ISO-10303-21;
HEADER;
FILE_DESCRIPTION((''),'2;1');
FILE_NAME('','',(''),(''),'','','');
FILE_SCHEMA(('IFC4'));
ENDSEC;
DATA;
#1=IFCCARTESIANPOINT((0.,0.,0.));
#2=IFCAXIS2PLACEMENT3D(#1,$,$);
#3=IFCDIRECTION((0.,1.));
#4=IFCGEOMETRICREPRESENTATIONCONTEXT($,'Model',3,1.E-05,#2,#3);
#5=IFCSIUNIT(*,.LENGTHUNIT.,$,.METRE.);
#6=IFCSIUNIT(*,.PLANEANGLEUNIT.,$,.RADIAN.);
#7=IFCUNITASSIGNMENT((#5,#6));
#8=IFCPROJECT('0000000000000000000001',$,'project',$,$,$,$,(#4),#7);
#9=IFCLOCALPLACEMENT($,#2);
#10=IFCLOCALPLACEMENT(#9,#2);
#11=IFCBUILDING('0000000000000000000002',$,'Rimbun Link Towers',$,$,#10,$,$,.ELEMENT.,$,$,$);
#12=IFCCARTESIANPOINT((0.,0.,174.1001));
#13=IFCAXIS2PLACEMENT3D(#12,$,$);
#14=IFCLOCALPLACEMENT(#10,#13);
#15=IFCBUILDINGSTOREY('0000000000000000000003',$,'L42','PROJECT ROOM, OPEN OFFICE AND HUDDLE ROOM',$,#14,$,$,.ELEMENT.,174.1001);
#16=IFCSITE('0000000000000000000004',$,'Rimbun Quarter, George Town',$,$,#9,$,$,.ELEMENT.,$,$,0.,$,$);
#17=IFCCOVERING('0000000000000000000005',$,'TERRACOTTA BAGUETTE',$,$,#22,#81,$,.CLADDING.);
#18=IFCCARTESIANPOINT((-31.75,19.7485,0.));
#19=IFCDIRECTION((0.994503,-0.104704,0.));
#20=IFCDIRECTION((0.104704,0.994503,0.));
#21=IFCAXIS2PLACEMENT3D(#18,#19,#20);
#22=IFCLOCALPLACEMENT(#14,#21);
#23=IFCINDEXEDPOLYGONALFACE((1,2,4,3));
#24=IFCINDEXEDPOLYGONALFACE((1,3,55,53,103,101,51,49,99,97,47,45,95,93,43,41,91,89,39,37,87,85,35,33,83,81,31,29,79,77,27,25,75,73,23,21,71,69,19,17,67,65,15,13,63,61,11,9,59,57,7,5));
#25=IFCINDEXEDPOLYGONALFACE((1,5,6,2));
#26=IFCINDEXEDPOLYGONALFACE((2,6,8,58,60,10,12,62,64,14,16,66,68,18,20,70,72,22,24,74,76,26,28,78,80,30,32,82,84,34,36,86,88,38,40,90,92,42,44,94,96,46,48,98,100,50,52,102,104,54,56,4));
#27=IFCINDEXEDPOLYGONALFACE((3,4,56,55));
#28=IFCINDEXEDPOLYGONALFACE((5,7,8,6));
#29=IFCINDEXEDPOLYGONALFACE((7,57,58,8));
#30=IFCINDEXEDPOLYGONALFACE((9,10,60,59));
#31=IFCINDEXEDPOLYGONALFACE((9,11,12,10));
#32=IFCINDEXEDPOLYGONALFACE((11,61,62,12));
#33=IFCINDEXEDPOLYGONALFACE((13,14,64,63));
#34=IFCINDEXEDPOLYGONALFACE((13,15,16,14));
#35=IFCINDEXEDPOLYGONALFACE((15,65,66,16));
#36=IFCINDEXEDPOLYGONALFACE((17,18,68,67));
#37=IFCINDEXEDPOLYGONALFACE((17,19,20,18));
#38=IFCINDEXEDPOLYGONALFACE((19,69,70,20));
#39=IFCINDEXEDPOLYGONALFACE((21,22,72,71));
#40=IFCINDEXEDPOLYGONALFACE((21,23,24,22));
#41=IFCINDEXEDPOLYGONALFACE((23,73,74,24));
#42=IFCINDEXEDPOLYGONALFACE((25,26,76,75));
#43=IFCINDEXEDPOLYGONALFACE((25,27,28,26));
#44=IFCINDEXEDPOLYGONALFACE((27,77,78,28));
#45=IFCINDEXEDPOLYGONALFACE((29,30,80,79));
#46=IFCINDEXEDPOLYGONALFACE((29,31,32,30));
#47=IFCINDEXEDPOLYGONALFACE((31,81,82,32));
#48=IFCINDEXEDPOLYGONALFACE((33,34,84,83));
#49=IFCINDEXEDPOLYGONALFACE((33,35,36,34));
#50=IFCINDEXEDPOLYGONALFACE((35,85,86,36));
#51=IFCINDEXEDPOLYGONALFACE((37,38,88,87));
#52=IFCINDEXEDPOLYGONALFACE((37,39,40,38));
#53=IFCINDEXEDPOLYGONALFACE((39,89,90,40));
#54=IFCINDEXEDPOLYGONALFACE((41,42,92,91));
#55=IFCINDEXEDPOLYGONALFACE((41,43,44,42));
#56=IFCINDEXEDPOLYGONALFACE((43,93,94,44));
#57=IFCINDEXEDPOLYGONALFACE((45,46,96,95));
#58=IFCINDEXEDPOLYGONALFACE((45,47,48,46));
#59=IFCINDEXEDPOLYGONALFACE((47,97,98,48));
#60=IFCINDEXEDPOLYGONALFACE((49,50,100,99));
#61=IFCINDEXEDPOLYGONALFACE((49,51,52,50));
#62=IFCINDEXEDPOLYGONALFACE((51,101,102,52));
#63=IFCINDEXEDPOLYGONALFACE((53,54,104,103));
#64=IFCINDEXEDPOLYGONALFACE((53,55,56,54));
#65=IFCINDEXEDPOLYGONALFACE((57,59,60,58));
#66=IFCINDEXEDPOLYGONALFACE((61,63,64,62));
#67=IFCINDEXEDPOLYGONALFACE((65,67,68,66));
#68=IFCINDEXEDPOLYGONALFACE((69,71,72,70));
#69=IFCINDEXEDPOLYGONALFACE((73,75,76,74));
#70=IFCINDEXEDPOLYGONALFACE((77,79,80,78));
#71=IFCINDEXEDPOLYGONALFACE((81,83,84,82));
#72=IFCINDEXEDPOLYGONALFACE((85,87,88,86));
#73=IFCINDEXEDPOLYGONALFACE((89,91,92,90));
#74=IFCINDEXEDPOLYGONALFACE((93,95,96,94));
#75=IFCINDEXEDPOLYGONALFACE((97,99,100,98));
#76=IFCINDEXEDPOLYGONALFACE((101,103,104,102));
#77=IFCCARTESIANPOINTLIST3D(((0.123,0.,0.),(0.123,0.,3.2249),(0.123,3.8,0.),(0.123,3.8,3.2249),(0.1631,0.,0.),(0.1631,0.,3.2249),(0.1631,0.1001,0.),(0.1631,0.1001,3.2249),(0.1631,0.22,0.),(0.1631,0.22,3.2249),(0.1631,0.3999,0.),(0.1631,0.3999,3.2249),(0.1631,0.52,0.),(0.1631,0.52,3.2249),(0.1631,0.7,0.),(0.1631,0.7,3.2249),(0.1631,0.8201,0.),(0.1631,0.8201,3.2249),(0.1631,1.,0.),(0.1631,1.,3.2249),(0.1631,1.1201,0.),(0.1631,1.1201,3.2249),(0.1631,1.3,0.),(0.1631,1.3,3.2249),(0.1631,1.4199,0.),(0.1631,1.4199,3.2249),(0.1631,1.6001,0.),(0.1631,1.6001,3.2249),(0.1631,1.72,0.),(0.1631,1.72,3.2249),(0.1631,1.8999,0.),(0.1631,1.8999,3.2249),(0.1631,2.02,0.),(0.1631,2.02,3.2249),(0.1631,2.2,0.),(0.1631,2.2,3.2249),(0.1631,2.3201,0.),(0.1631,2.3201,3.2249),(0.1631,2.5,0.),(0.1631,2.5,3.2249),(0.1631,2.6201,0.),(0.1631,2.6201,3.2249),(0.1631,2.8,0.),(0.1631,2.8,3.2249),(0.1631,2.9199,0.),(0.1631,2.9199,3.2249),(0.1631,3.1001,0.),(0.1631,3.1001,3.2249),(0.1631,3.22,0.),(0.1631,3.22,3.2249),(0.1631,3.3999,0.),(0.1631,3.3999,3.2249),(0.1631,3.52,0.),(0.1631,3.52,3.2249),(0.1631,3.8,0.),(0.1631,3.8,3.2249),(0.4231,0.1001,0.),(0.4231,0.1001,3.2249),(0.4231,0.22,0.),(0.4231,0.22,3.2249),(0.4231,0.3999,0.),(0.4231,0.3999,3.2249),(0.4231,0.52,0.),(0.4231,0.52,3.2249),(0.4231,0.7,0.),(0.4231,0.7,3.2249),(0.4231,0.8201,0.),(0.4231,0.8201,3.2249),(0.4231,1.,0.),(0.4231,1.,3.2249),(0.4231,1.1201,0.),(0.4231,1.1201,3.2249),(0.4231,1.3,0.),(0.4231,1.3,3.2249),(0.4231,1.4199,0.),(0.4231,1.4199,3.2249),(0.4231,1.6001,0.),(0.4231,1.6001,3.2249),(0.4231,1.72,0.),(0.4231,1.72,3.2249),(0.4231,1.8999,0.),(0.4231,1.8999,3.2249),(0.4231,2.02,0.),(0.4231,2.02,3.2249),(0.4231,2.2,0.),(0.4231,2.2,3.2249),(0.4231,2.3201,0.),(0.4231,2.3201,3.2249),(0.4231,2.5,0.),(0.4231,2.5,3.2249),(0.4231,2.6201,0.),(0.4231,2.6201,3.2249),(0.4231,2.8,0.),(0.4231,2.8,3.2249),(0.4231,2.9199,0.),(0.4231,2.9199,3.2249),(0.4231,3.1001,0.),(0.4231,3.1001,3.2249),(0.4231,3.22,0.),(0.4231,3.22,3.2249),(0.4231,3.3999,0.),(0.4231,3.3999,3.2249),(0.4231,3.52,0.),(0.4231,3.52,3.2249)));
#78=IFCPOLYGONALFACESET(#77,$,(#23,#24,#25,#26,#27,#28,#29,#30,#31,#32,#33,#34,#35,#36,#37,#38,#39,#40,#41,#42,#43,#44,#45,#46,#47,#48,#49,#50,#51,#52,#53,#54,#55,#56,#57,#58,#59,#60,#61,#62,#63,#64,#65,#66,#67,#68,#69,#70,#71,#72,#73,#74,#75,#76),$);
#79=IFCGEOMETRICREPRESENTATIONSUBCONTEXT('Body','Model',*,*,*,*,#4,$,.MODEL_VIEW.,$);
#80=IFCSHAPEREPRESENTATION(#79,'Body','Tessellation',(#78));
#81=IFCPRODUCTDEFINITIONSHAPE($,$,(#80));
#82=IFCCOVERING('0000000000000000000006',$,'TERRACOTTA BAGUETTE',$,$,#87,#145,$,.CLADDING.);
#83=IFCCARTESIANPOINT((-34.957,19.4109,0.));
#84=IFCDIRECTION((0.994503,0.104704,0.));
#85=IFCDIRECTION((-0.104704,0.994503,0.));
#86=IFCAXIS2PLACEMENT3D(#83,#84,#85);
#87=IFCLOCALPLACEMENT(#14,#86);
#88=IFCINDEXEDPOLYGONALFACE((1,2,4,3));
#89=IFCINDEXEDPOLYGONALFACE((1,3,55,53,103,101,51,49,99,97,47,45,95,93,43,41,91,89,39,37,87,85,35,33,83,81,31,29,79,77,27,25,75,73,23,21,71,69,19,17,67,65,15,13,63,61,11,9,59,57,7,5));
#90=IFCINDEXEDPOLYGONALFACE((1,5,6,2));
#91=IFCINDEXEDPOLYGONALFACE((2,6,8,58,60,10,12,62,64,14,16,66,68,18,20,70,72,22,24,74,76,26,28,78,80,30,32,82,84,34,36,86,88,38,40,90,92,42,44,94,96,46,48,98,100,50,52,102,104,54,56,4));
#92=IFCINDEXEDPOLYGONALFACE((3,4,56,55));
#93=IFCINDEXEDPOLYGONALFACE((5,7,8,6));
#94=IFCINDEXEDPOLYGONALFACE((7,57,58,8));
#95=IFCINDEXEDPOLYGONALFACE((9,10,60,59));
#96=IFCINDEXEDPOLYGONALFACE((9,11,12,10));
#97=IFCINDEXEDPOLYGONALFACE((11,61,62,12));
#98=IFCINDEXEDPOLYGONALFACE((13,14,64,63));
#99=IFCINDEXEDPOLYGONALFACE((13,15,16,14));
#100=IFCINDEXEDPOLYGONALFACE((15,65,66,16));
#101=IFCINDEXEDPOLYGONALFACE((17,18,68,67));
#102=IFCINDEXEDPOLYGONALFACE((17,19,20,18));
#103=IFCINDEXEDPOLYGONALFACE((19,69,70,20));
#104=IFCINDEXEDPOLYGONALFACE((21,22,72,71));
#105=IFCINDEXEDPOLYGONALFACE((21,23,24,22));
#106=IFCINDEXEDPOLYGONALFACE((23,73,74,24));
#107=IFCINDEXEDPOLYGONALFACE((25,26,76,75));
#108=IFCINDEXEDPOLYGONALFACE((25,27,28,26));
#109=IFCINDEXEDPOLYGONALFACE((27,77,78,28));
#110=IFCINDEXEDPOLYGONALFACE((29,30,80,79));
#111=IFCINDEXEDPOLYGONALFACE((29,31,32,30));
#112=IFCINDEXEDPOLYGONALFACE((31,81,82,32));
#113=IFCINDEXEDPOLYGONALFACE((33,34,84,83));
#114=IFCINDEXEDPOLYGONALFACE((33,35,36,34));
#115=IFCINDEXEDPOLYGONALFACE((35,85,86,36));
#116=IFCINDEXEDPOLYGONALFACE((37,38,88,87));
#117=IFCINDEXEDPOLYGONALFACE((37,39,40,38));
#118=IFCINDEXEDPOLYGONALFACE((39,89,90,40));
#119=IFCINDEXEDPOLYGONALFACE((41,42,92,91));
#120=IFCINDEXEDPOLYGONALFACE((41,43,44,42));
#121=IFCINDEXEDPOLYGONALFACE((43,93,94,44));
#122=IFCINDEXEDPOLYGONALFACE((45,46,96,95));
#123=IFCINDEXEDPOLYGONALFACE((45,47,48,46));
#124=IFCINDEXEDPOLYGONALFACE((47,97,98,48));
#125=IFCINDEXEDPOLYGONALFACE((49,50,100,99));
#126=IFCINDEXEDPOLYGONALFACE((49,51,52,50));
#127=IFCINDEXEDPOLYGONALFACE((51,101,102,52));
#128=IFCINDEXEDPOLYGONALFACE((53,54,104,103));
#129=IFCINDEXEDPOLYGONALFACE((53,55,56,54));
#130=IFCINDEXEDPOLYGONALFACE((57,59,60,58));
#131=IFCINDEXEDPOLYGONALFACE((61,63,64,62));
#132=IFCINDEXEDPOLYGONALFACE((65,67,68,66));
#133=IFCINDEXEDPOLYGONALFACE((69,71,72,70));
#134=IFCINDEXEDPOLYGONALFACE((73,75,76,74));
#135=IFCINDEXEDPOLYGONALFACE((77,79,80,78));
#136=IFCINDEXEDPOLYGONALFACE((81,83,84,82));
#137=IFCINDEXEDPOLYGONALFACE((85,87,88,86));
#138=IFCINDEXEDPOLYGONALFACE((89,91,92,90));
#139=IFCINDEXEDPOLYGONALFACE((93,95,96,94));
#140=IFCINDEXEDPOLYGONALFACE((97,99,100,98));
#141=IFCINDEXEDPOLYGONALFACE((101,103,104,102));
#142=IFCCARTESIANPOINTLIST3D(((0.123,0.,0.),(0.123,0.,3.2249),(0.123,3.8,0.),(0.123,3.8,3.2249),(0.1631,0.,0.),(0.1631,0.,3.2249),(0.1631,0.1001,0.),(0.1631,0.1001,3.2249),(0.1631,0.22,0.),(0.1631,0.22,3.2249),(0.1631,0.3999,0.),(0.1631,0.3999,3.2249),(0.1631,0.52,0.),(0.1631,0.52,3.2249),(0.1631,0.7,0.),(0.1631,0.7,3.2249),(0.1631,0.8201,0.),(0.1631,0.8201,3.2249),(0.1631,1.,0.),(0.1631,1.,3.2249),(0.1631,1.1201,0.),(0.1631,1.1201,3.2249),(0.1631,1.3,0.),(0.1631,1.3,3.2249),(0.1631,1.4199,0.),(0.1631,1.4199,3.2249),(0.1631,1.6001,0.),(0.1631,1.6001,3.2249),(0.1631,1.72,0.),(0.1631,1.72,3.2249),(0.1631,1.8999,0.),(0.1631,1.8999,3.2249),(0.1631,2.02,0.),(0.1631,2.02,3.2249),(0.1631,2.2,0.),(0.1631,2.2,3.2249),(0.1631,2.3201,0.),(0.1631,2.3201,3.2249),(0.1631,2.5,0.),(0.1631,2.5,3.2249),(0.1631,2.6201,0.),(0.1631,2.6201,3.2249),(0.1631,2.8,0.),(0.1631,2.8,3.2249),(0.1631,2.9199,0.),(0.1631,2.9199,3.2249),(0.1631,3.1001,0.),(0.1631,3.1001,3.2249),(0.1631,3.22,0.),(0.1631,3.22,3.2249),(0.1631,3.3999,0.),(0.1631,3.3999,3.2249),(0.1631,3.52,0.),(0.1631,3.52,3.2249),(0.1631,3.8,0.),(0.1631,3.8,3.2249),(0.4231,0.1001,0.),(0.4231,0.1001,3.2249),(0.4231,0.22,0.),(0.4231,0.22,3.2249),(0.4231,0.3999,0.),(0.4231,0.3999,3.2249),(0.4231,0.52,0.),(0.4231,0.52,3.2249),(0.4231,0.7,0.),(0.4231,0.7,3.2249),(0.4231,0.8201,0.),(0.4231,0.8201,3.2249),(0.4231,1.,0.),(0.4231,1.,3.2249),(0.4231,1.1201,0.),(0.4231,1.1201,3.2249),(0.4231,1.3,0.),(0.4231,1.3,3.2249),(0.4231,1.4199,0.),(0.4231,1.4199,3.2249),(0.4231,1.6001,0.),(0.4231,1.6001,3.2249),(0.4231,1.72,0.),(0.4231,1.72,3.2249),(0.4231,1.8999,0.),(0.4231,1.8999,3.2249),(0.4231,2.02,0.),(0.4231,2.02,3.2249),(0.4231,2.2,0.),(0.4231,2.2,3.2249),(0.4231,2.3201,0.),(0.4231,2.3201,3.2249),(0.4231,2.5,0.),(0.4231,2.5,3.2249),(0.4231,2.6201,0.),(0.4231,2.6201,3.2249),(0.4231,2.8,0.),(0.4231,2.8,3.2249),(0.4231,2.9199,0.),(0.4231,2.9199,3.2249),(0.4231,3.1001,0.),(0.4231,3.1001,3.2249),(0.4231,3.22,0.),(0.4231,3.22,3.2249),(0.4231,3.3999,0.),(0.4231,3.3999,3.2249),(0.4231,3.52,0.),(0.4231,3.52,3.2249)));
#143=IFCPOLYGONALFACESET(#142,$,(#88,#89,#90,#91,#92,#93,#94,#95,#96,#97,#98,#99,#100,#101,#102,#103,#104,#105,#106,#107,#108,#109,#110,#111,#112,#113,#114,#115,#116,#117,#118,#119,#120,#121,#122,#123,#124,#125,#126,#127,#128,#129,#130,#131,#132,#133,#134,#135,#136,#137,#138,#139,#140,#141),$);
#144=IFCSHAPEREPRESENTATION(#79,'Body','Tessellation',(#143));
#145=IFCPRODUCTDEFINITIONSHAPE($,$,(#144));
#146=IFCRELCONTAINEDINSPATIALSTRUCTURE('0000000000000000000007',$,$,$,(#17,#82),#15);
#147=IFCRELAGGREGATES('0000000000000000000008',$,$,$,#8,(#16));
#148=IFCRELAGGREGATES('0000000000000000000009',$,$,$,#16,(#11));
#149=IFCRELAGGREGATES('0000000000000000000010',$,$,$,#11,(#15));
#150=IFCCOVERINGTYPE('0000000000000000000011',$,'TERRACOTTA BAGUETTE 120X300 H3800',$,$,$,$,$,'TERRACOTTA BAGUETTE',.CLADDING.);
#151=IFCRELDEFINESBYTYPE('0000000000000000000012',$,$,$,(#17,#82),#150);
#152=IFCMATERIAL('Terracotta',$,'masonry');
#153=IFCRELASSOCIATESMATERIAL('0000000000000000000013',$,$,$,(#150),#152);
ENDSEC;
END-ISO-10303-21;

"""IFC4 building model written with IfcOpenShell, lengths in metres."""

from ifc_helpers import new_model, si_unit, direction, frame, origin, place, context, subcontext, project, spatial, polyline, outline, extrude, material, material_profile, profile_set, type_object, element, save


model = new_model("IFC4")

# Units and contexts
model_context = context("Model", 3, precision=1e-05, world=origin(), true_north=direction((0.0, 1.0)))
body_context = subcontext(model_context, "Body", "Model", "MODEL_VIEW")
ifc_project = project(units=[si_unit("LENGTHUNIT", "METRE"), si_unit("PLANEANGLEUNIT", "RADIAN")], contexts=[model_context])

# Site, building, storey
site_placement = place(None, origin())
site = spatial("IfcSite", under=ifc_project, at=site_placement, Name="Rimbun Quarter, George Town", CompositionType="ELEMENT", RefElevation=0.0)
building_placement = place(site_placement, origin())
building = spatial("IfcBuilding", under=site, at=building_placement, Name="Rimbun Link Towers", CompositionType="ELEMENT")
storey_placement = place(building_placement, frame((0.0, 0.0, 174.1001)))
storey = spatial("IfcBuildingStorey", under=building, at=storey_placement, Name="L42", Description="PROJECT ROOM, OPEN OFFICE AND HUDDLE ROOM", CompositionType="ELEMENT", Elevation=174.1001)

# Coverings
ifc_material_1 = material(Name="Terracotta", Category="masonry")
ifc_material_profile_1 = material_profile(ifc_material_1, outline(polyline([(0.123, 0.0), (0.1631, 0.0), (0.1631, 0.1001), (0.4231, 0.1001), (0.4231, 0.22), (0.1631, 0.22), (0.1631, 0.3999), (0.4231, 0.3999), (0.4231, 0.52), (0.1631, 0.52), (0.1631, 0.7), (0.4231, 0.7), (0.4231, 0.8201), (0.1631, 0.8201), (0.1631, 1.0), (0.4231, 1.0), (0.4231, 1.1201), (0.1631, 1.1201), (0.1631, 1.3), (0.4231, 1.3), (0.4231, 1.4199), (0.1631, 1.4199), (0.1631, 1.6001), (0.4231, 1.6001), (0.4231, 1.72), (0.1631, 1.72), (0.1631, 1.8999), (0.4231, 1.8999), (0.4231, 2.02), (0.1631, 2.02), (0.1631, 2.2), (0.4231, 2.2), (0.4231, 2.3201), (0.1631, 2.3201), (0.1631, 2.5), (0.4231, 2.5), (0.4231, 2.6201), (0.1631, 2.6201), (0.1631, 2.8), (0.4231, 2.8), (0.4231, 2.9199), (0.1631, 2.9199), (0.1631, 3.1001), (0.4231, 3.1001), (0.4231, 3.22), (0.1631, 3.22), (0.1631, 3.3999), (0.4231, 3.3999), (0.4231, 3.52), (0.1631, 3.52), (0.1631, 3.8), (0.123, 3.8), (0.123, 0.0)])), Name="BAGUETTE 120X300")
ifc_profile_set_1 = profile_set([ifc_material_profile_1], Name="Terracotta")
covering_type = type_object("IfcCoveringType", Name="TERRACOTTA BAGUETTE 120X300 H3800", ElementType="TERRACOTTA BAGUETTE", PredefinedType="CLADDING", material=ifc_profile_set_1)
for number, where, z_axis, x_axis, name in (
    (1, (-31.75, 19.7485, 0.0), (0.994503, -0.104704, 0.0), (0.104704, 0.994503, 0.0), "TERRACOTTA BAGUETTE"),
    (2, (-34.957, 19.4109, 0.0), (0.994503, 0.104704, 0.0), (-0.104704, 0.994503, 0.0), "TERRACOTTA BAGUETTE"),
):
    element("IfcCovering", number, at=place(storey_placement, frame(where, z_axis=z_axis, x_axis=x_axis)), inside=storey, type_object=covering_type, Name=name, PredefinedType="CLADDING", context=body_context, shape_type="SweptSolid", body=[
        extrude(outline(polyline([(0.123, 0.0), (0.1631, 0.0), (0.1631, 0.1001), (0.4231, 0.1001), (0.4231, 0.22), (0.1631, 0.22), (0.1631, 0.3999), (0.4231, 0.3999), (0.4231, 0.52), (0.1631, 0.52), (0.1631, 0.7), (0.4231, 0.7), (0.4231, 0.8201), (0.1631, 0.8201), (0.1631, 1.0), (0.4231, 1.0), (0.4231, 1.1201), (0.1631, 1.1201), (0.1631, 1.3), (0.4231, 1.3), (0.4231, 1.4199), (0.1631, 1.4199), (0.1631, 1.6001), (0.4231, 1.6001), (0.4231, 1.72), (0.1631, 1.72), (0.1631, 1.8999), (0.4231, 1.8999), (0.4231, 2.02), (0.1631, 2.02), (0.1631, 2.2), (0.4231, 2.2), (0.4231, 2.3201), (0.1631, 2.3201), (0.1631, 2.5), (0.4231, 2.5), (0.4231, 2.6201), (0.1631, 2.6201), (0.1631, 2.8), (0.4231, 2.8), (0.4231, 2.9199), (0.1631, 2.9199), (0.1631, 3.1001), (0.4231, 3.1001), (0.4231, 3.22), (0.1631, 3.22), (0.1631, 3.3999), (0.4231, 3.3999), (0.4231, 3.52), (0.1631, 3.52), (0.1631, 3.8), (0.123, 3.8), (0.123, 0.0)])), origin(), (0.0, 0.0, 1.0), 3.2249),
    ])

save(model, "model.ifc")
